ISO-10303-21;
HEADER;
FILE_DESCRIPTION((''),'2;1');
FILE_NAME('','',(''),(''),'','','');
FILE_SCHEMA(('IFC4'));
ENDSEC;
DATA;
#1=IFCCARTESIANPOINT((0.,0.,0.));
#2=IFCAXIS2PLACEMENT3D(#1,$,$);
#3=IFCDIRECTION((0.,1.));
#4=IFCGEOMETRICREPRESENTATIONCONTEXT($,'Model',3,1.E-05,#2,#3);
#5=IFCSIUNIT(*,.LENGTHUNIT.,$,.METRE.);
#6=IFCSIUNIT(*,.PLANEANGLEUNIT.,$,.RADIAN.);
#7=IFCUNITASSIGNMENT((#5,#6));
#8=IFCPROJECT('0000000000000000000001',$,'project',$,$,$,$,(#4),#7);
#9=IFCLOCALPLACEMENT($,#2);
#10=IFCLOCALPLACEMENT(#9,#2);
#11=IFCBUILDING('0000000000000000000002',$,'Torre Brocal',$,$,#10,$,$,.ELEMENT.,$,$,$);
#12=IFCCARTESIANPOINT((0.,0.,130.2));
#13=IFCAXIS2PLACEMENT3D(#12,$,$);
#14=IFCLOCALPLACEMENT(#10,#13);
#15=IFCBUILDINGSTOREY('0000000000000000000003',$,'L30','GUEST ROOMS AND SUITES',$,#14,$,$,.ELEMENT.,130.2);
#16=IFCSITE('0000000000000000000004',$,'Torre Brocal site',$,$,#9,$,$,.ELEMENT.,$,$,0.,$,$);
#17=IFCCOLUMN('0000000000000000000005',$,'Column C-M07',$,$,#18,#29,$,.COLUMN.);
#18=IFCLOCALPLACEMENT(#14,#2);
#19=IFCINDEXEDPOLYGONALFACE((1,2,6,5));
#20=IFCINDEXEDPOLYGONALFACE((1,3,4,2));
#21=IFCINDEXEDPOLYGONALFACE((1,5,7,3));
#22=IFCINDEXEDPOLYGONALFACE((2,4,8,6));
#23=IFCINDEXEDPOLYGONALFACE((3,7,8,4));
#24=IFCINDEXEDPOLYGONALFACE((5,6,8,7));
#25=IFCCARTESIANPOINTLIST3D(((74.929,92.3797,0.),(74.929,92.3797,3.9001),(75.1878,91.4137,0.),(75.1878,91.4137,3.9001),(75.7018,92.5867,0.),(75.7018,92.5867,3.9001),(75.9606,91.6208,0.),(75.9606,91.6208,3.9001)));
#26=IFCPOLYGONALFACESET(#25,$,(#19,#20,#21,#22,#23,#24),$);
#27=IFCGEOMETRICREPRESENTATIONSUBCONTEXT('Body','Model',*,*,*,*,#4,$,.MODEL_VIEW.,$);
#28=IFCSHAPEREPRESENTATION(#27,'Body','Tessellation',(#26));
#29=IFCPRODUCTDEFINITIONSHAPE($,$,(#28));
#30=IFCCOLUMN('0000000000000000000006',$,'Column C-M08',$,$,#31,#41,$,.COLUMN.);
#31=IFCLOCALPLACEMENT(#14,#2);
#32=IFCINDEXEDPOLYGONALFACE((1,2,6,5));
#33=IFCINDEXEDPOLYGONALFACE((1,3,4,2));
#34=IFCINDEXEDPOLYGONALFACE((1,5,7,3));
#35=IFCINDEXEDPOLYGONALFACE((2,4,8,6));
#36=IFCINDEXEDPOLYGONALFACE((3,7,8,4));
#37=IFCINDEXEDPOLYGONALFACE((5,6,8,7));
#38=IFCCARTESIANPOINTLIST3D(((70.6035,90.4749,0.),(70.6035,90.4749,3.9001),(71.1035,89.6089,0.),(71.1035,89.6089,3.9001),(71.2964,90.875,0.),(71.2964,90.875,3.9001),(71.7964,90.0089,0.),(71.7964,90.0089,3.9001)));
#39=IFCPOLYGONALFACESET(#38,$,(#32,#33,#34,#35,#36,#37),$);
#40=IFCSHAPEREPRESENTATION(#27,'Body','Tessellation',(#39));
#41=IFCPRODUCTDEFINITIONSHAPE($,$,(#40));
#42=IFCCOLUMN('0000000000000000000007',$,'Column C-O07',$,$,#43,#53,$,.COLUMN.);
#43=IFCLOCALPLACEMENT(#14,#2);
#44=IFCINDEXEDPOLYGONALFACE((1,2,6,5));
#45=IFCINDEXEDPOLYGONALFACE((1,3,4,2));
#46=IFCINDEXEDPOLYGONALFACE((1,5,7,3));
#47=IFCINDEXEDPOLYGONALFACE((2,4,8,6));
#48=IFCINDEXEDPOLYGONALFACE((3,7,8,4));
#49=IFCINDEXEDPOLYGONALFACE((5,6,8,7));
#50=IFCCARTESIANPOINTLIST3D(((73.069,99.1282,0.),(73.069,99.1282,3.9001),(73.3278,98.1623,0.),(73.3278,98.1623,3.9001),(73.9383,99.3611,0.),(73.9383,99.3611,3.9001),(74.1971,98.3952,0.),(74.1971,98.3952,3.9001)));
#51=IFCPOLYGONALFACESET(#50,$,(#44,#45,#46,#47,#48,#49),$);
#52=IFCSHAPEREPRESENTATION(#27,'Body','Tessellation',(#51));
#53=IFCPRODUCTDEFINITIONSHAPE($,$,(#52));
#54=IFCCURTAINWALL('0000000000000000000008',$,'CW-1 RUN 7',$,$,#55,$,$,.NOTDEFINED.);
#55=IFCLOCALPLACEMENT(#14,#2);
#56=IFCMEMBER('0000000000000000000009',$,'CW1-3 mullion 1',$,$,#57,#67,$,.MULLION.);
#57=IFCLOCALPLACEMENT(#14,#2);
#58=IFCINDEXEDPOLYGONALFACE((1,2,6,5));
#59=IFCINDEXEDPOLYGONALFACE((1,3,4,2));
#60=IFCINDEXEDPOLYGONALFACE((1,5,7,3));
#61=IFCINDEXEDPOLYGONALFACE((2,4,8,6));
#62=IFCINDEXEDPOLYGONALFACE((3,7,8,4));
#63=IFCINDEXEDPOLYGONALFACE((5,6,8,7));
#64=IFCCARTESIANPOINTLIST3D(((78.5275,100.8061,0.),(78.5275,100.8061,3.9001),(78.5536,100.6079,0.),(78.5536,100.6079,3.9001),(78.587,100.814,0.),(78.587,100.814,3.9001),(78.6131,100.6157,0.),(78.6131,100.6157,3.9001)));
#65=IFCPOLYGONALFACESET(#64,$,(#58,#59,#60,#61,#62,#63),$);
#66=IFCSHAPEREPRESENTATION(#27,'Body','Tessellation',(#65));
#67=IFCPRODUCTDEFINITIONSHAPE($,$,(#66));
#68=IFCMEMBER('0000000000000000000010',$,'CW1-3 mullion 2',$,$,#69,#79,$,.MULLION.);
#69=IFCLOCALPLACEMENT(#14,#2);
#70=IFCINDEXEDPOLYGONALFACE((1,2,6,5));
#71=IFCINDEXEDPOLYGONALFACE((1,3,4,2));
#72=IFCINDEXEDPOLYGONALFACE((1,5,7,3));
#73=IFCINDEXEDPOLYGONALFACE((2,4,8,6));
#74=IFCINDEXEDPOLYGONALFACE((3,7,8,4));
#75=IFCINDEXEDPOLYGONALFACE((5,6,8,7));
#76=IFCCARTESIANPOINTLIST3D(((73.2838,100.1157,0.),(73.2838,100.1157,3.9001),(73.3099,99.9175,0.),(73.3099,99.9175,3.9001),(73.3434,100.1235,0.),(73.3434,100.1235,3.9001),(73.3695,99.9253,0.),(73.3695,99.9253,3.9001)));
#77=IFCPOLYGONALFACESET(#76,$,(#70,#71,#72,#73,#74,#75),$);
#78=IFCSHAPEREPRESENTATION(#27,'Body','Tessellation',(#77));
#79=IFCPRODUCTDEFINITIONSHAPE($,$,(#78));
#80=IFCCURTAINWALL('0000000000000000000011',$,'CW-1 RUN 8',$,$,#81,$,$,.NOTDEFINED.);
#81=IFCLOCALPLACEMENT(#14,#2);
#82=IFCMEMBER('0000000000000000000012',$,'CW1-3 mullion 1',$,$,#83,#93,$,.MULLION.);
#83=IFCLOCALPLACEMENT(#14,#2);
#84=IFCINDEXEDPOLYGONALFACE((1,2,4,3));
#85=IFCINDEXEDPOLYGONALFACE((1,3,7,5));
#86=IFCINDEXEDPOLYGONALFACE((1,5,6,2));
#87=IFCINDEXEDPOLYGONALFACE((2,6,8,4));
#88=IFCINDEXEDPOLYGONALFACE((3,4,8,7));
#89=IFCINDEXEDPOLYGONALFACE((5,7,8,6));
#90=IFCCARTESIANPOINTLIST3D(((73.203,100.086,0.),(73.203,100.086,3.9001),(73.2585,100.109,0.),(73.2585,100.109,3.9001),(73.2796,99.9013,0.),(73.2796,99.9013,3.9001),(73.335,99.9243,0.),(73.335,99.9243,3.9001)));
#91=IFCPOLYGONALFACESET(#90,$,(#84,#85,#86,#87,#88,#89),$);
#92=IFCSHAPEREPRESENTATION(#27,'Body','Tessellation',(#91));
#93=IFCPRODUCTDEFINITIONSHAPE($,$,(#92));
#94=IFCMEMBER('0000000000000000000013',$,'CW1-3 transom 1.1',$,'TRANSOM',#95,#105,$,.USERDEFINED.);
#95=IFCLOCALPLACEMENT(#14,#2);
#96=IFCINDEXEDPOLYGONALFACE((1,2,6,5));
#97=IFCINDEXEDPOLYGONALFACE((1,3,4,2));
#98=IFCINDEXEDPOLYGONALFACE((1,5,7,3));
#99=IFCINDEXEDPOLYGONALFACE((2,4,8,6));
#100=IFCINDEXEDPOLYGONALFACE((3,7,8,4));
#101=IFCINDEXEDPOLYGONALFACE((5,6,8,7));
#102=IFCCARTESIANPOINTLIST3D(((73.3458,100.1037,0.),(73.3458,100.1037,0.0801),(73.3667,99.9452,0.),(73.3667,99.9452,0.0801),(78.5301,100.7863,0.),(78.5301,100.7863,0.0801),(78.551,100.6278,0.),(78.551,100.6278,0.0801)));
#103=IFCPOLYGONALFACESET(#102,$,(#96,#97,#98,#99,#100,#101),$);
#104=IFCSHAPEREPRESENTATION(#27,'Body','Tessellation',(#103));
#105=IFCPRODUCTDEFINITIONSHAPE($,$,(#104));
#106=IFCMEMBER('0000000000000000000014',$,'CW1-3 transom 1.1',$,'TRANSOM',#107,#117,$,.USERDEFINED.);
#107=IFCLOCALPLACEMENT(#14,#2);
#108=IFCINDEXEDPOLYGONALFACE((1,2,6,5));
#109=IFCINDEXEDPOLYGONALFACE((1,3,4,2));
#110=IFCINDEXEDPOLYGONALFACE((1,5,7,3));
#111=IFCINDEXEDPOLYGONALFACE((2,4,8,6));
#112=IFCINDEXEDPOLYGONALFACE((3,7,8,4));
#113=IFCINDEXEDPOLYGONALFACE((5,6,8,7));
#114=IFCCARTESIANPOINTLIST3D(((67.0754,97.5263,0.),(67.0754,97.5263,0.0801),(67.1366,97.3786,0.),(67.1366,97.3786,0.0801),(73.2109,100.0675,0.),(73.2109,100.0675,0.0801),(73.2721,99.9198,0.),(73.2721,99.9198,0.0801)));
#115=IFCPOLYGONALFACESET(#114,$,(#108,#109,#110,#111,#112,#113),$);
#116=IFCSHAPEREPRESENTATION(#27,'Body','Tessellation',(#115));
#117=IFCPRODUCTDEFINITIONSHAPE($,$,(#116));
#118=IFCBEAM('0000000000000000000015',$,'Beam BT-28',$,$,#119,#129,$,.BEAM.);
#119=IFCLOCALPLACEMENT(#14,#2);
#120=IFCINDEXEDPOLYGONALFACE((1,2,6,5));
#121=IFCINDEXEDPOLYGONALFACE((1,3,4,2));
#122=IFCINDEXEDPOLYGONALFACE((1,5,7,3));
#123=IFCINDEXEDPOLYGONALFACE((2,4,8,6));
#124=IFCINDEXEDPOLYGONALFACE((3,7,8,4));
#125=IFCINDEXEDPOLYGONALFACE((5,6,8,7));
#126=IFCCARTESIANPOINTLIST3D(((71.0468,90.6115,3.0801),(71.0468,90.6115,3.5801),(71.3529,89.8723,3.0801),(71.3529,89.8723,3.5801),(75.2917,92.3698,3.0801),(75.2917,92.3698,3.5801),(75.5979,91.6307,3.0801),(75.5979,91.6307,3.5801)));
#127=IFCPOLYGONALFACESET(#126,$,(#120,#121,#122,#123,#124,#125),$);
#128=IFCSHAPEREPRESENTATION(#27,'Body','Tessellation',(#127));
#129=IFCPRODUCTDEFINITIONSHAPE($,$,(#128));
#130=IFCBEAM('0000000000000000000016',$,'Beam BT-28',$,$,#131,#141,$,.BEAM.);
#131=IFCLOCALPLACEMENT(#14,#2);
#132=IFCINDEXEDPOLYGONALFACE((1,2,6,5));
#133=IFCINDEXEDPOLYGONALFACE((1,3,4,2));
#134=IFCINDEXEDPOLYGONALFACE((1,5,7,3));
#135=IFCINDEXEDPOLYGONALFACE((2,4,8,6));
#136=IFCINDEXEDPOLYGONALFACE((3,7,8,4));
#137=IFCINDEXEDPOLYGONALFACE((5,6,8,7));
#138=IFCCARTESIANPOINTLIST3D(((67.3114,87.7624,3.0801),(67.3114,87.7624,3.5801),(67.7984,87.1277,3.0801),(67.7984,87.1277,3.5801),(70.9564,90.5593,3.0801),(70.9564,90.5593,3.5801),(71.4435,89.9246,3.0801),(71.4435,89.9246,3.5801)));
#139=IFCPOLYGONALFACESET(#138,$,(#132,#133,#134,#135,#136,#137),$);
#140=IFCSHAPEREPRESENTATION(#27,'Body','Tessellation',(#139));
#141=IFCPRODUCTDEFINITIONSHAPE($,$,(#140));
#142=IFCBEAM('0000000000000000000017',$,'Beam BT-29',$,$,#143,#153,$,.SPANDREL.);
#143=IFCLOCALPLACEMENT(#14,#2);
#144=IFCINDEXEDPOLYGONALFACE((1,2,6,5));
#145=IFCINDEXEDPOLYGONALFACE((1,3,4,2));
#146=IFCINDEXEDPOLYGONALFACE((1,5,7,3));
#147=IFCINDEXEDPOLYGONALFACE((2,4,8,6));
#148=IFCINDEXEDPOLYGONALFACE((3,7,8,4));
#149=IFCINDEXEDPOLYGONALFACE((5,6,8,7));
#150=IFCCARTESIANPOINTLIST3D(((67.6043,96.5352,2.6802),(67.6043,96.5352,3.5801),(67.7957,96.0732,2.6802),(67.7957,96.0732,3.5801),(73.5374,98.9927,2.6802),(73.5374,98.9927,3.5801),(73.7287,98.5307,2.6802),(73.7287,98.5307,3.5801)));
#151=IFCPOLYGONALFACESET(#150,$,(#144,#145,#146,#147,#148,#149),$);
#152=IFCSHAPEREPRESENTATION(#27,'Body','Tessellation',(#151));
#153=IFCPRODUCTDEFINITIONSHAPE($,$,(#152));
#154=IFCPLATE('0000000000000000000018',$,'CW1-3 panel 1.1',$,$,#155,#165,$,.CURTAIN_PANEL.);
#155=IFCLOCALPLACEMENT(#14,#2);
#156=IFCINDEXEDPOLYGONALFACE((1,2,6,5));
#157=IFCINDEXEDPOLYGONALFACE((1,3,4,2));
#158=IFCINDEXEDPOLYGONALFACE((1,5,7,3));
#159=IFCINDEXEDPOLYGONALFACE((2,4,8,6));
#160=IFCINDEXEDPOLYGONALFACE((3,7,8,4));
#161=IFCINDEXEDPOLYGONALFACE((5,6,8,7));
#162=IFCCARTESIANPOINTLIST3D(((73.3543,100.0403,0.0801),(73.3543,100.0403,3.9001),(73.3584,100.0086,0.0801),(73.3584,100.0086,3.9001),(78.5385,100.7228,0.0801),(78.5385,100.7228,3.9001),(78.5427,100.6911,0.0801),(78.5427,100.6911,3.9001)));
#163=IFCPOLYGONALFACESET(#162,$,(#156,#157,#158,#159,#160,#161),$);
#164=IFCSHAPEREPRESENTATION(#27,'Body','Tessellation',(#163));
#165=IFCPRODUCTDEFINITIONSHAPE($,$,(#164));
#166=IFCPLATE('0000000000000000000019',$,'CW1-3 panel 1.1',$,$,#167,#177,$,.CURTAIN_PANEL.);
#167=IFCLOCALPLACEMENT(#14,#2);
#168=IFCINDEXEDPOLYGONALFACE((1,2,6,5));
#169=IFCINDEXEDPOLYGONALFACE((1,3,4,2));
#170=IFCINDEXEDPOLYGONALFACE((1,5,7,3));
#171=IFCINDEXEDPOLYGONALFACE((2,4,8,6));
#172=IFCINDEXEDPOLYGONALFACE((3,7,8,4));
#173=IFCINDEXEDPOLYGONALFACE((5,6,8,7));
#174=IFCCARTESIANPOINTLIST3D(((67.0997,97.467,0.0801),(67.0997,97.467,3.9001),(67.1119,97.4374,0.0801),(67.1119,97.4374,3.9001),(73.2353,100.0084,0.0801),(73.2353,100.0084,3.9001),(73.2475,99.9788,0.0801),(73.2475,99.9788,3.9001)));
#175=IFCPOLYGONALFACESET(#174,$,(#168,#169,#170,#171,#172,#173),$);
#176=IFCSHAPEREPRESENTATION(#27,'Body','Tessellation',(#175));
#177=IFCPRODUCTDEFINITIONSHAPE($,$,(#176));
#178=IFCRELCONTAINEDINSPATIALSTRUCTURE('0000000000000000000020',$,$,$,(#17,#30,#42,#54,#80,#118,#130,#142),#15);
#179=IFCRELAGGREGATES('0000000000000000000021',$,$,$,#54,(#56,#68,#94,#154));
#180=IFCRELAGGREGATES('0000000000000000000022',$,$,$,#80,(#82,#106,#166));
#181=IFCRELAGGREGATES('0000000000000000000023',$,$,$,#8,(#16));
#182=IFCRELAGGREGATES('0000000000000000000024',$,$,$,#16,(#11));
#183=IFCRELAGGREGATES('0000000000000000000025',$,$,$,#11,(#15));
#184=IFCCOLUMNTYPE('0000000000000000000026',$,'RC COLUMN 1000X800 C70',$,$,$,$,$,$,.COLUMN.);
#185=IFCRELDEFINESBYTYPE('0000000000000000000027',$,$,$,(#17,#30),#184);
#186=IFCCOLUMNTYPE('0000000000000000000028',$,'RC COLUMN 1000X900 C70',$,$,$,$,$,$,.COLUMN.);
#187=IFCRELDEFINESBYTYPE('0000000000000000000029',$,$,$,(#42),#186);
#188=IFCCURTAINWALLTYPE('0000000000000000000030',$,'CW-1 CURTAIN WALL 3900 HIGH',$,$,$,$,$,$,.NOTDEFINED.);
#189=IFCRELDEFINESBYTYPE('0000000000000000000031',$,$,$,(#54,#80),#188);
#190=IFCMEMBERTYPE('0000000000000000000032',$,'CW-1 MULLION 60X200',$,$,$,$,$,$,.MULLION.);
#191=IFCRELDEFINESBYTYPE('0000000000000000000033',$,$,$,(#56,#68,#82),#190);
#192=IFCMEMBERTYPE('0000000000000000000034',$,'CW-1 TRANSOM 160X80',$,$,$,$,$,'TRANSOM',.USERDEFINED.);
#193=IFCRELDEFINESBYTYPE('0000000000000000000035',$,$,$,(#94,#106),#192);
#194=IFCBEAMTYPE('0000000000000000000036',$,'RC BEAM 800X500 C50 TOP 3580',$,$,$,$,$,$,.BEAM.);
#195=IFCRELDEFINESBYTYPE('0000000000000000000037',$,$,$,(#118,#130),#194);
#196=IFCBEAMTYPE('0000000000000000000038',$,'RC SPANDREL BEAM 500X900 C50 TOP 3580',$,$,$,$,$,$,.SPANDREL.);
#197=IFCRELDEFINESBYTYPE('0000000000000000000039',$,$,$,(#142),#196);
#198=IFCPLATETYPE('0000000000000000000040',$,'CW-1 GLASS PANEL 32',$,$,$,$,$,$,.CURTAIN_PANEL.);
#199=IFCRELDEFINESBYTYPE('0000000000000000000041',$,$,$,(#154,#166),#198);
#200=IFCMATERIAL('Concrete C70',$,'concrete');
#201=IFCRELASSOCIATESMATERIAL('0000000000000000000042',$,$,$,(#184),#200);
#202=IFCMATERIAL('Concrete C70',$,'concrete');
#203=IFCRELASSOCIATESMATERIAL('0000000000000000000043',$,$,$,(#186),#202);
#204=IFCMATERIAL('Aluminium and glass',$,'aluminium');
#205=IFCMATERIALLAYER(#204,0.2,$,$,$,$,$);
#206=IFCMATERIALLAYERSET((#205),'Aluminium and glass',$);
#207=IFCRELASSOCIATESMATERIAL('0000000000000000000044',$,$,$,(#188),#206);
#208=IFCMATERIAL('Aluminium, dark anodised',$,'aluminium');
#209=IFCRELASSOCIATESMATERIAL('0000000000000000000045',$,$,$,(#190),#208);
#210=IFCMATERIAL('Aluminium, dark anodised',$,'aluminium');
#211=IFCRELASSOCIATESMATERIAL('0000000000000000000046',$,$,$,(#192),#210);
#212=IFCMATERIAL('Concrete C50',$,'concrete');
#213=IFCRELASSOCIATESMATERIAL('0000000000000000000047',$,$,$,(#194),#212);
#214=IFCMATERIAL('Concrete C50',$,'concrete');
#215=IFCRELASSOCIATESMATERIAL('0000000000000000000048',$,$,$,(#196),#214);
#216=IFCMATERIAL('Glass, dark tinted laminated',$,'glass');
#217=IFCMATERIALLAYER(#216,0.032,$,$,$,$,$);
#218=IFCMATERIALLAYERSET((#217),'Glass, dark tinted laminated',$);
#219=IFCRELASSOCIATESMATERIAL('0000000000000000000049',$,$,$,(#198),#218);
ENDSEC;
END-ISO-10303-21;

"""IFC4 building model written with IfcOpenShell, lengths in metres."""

from ifc_helpers import new_model, si_unit, direction, frame, origin, origin_2d, place, context, subcontext, project, spatial, rectangle, extrude, material, layer, layer_set, material_profile, profile_set, type_object, element, aggregate, save


model = new_model("IFC4")

# Units and contexts
model_context = context("Model", 3, precision=1e-05, world=origin(), true_north=direction((0.0, 1.0)))
body_context = subcontext(model_context, "Body", "Model", "MODEL_VIEW")
ifc_project = project(units=[si_unit("LENGTHUNIT", "METRE"), si_unit("PLANEANGLEUNIT", "RADIAN")], contexts=[model_context])

# Site, building, storey
site_placement = place(None, origin())
site = spatial("IfcSite", under=ifc_project, at=site_placement, Name="Torre Brocal site", CompositionType="ELEMENT", RefElevation=0.0)
building_placement = place(site_placement, origin())
building = spatial("IfcBuilding", under=site, at=building_placement, Name="Torre Brocal", CompositionType="ELEMENT")
storey_placement = place(building_placement, frame((0.0, 0.0, 130.2)))
storey = spatial("IfcBuildingStorey", under=building, at=storey_placement, Name="L30", Description="GUEST ROOMS AND SUITES", CompositionType="ELEMENT", Elevation=130.2)

# Columns
ifc_material_1 = material(Name="Concrete C70", Category="concrete")
ifc_material_profile_1 = material_profile(ifc_material_1, rectangle(XDim=1.0, YDim=0.8, at=origin_2d()), Name="RC 1000X800")
ifc_profile_set_1 = profile_set([ifc_material_profile_1], Name="Concrete C70")
column_type_1 = type_object("IfcColumnType", Name="RC COLUMN 1000X800 C70", PredefinedType="COLUMN", material=ifc_profile_set_1)
for number, where, z_axis, x_axis, name in (
    (1, (75.4448, 92.0002, 0.0), (0.0, 0.0, 1.0), (-0.258819, 0.965926, 0.0), "Column C-M07"),
    (2, (71.2, 90.2419, 0.0), (0.0, 0.0, 1.0), (-0.5, 0.866025, 0.0), "Column C-M08"),
):
    element("IfcColumn", number, at=place(storey_placement, frame(where, z_axis=z_axis, x_axis=x_axis)), inside=storey, type_object=column_type_1, Name=name, PredefinedType="COLUMN", context=body_context, shape_type="SweptSolid", body=[
        extrude(rectangle(XDim=1.0, YDim=0.8, at=origin_2d()), origin(), (0.0, 0.0, 1.0), 3.9001),
    ])
ifc_material_2 = material(Name="Concrete C70", Category="concrete")
ifc_material_profile_2 = material_profile(ifc_material_2, rectangle(XDim=1.0, YDim=0.8999, at=origin_2d()), Name="RC 1000X900")
ifc_profile_set_2 = profile_set([ifc_material_profile_2], Name="Concrete C70")
column_type_2 = type_object("IfcColumnType", Name="RC COLUMN 1000X900 C70", PredefinedType="COLUMN", material=ifc_profile_set_2)
column_placement = place(storey_placement, frame((73.6331, 98.7617, 0.0), z_axis=(0.0, 0.0, 1.0), x_axis=(-0.258819, 0.965926, 0.0)))
element("IfcColumn", 3, at=column_placement, inside=storey, type_object=column_type_2, Name="Column C-O07", PredefinedType="COLUMN", context=body_context, shape_type="SweptSolid", body=[
    extrude(rectangle(XDim=1.0, YDim=0.8999, at=origin_2d()), origin(), (0.0, 0.0, 1.0), 3.9001),
])

# Curtain wall, members
ifc_material_3 = material(Name="Aluminium and glass", Category="aluminium")
ifc_layer_1 = layer(ifc_material_3, 0.2)
ifc_layer_set_1 = layer_set([ifc_layer_1], Name="Aluminium and glass")
curtain_wall_type = type_object("IfcCurtainWallType", Name="CW-1 CURTAIN WALL 3900 HIGH", PredefinedType="NOTDEFINED", material=ifc_layer_set_1)
curtain_wall_1_placement = place(storey_placement, origin())
curtain_wall_1 = element("IfcCurtainWall", 4, at=curtain_wall_1_placement, inside=storey, type_object=curtain_wall_type, Name="CW-1 RUN 7", PredefinedType="NOTDEFINED")
ifc_material_4 = material(Name="Aluminium, dark anodised", Category="aluminium")
ifc_material_profile_3 = material_profile(ifc_material_4, rectangle(XDim=0.2, YDim=0.0601, at=origin_2d()), Name="CW-1 MULLION 60X200")
ifc_profile_set_3 = profile_set([ifc_material_profile_3], Name="Aluminium, dark anodised")
member_type_1 = type_object("IfcMemberType", Name="CW-1 MULLION 60X200", PredefinedType="MULLION", material=ifc_profile_set_3)
member_1_placement = place(storey_placement, frame((78.5703, 100.7109, 0.0), z_axis=(0.0, 0.0, 1.0), x_axis=(0.130526, -0.991445, 0.0)))
member_1 = element("IfcMember", 5, at=member_1_placement, type_object=member_type_1, Name="CW1-3 mullion 1", PredefinedType="MULLION", context=body_context, shape_type="SweptSolid", body=[
    extrude(rectangle(XDim=0.2, YDim=0.0601, at=origin_2d()), origin(), (0.0, 0.0, 1.0), 3.9001),
])
member_2_placement = place(storey_placement, frame((73.3267, 100.0205, 0.0), z_axis=(0.0, 0.0, 1.0), x_axis=(0.130526, -0.991445, 0.0)))
member_2 = element("IfcMember", 6, at=member_2_placement, type_object=member_type_1, Name="CW1-3 mullion 2", PredefinedType="MULLION", context=body_context, shape_type="SweptSolid", body=[
    extrude(rectangle(XDim=0.2, YDim=0.0601, at=origin_2d()), origin(), (0.0, 0.0, 1.0), 3.9001),
])

# Curtain wall, member
curtain_wall_2_placement = place(storey_placement, origin())
curtain_wall_2 = element("IfcCurtainWall", 7, at=curtain_wall_2_placement, inside=storey, type_object=curtain_wall_type, Name="CW-1 RUN 8", PredefinedType="NOTDEFINED")
member_3_placement = place(storey_placement, frame((73.269, 100.0051, 0.0), z_axis=(0.0, 0.0, 1.0), x_axis=(0.382683, -0.92388, 0.0)))
member_3 = element("IfcMember", 8, at=member_3_placement, type_object=member_type_1, Name="CW1-3 mullion 1", PredefinedType="MULLION", context=body_context, shape_type="SweptSolid", body=[
    extrude(rectangle(XDim=0.2, YDim=0.0601, at=origin_2d()), origin(), (0.0, 0.0, 1.0), 3.9001),
])

# Members
ifc_material_5 = material(Name="Aluminium, dark anodised", Category="aluminium")
ifc_material_profile_4 = material_profile(ifc_material_5, rectangle(XDim=0.1599, YDim=0.0801, at=origin_2d()), Name="CW-1 TRANSOM 160X80")
ifc_profile_set_4 = profile_set([ifc_material_profile_4], Name="Aluminium, dark anodised")
member_type_2 = type_object("IfcMemberType", Name="CW-1 TRANSOM 160X80", ElementType="TRANSOM", PredefinedType="USERDEFINED", material=ifc_profile_set_4)
member_4_placement = place(storey_placement, frame((78.5405, 100.707, 0.04), z_axis=(-0.991443, -0.130543, 0.0), x_axis=(0.130543, -0.991443, 0.0)))
member_4 = element("IfcMember", 9, at=member_4_placement, type_object=member_type_2, Name="CW1-3 transom 1.1", ObjectType="TRANSOM", PredefinedType="USERDEFINED", context=body_context, shape_type="SweptSolid", body=[
    extrude(rectangle(XDim=0.1599, YDim=0.0801, at=origin_2d()), origin(), (0.0, 0.0, 1.0), 5.229),
])
member_5_placement = place(storey_placement, frame((73.2415, 99.9937, 0.04), z_axis=(-0.923887, -0.382665, 0.0), x_axis=(0.382665, -0.923887, 0.0)))
member_5 = element("IfcMember", 10, at=member_5_placement, type_object=member_type_2, Name="CW1-3 transom 1.1", ObjectType="TRANSOM", PredefinedType="USERDEFINED", context=body_context, shape_type="SweptSolid", body=[
    extrude(rectangle(XDim=0.1599, YDim=0.0801, at=origin_2d()), origin(), (0.0, 0.0, 1.0), 6.6409),
])

# Beams
ifc_material_6 = material(Name="Concrete C50", Category="concrete")
ifc_material_profile_5 = material_profile(ifc_material_6, rectangle(XDim=0.8, YDim=0.5, at=origin_2d()), Name="RC 800X500")
ifc_profile_set_5 = profile_set([ifc_material_profile_5], Name="Concrete C50")
beam_type_1 = type_object("IfcBeamType", Name="RC BEAM 800X500 C50 TOP 3580", PredefinedType="BEAM", material=ifc_profile_set_5)
beam_1_placement = place(storey_placement, frame((75.4448, 92.0002, 3.3301), z_axis=(-0.923878, -0.382687, 0.0), x_axis=(0.382687, -0.923878, 0.0)))
element("IfcBeam", 11, at=beam_1_placement, inside=storey, type_object=beam_type_1, Name="Beam BT-28", PredefinedType="BEAM", context=body_context, shape_type="SweptSolid", body=[
    extrude(rectangle(XDim=0.8, YDim=0.5, at=origin_2d()), origin(), (0.0, 0.0, 1.0), 4.5947),
])
beam_2_placement = place(storey_placement, frame((71.2, 90.2419, 3.3301), z_axis=(-0.793358, -0.608755, 0.0), x_axis=(0.608755, -0.793358, 0.0)))
element("IfcBeam", 12, at=beam_2_placement, inside=storey, type_object=beam_type_1, Name="Beam BT-28", PredefinedType="BEAM", context=body_context, shape_type="SweptSolid", body=[
    extrude(rectangle(XDim=0.8, YDim=0.5, at=origin_2d()), origin(), (0.0, 0.0, 1.0), 4.5945),
])
ifc_material_7 = material(Name="Concrete C50", Category="concrete")
ifc_material_profile_6 = material_profile(ifc_material_7, rectangle(XDim=0.5, YDim=0.8999, at=origin_2d()), Name="RC 500X900")
ifc_profile_set_6 = profile_set([ifc_material_profile_6], Name="Concrete C50")
beam_type_2 = type_object("IfcBeamType", Name="RC SPANDREL BEAM 500X900 C50 TOP 3580", PredefinedType="SPANDREL", material=ifc_profile_set_6)
beam_3_placement = place(storey_placement, frame((73.6331, 98.7617, 3.1301), z_axis=(-0.923882, -0.382676, 0.0), x_axis=(0.382676, -0.923882, 0.0)))
element("IfcBeam", 13, at=beam_3_placement, inside=storey, type_object=beam_type_2, Name="Beam BT-29", PredefinedType="SPANDREL", context=body_context, shape_type="SweptSolid", body=[
    extrude(rectangle(XDim=0.5, YDim=0.8999, at=origin_2d()), origin(), (0.0, 0.0, 1.0), 6.4219),
])

# Plates
ifc_material_8 = material(Name="Glass, dark tinted laminated", Category="glass")
ifc_layer_2 = layer(ifc_material_8, 0.032)
ifc_layer_set_2 = layer_set([ifc_layer_2], Name="Glass, dark tinted laminated")
plate_type = type_object("IfcPlateType", Name="CW-1 GLASS PANEL 32", PredefinedType="CURTAIN_PANEL", material=ifc_layer_set_2)
plate_1_placement = place(storey_placement, frame((75.9485, 100.3657, 0.0801), z_axis=(0.0, 0.0, 1.0), x_axis=(-0.991445, -0.130526, 0.0)))
plate_1 = element("IfcPlate", 14, at=plate_1_placement, type_object=plate_type, Name="CW1-3 panel 1.1", PredefinedType="CURTAIN_PANEL", context=body_context, shape_type="SweptSolid", body=[
    extrude(rectangle(XDim=5.229, YDim=0.032, at=origin_2d()), origin(), (0.0, 0.0, 1.0), 3.8201),
])
aggregate(curtain_wall_1, [member_1, member_2, member_4, plate_1])
plate_2_placement = place(storey_placement, frame((70.1736, 98.7229, 0.0801), z_axis=(0.0, 0.0, 1.0), x_axis=(-0.92388, -0.382683, 0.0)))
plate_2 = element("IfcPlate", 15, at=plate_2_placement, type_object=plate_type, Name="CW1-3 panel 1.1", PredefinedType="CURTAIN_PANEL", context=body_context, shape_type="SweptSolid", body=[
    extrude(rectangle(XDim=6.6411, YDim=0.032, at=origin_2d()), origin(), (0.0, 0.0, 1.0), 3.8201),
])
aggregate(curtain_wall_2, [member_3, member_5, plate_2])

save(model, "model.ifc")
